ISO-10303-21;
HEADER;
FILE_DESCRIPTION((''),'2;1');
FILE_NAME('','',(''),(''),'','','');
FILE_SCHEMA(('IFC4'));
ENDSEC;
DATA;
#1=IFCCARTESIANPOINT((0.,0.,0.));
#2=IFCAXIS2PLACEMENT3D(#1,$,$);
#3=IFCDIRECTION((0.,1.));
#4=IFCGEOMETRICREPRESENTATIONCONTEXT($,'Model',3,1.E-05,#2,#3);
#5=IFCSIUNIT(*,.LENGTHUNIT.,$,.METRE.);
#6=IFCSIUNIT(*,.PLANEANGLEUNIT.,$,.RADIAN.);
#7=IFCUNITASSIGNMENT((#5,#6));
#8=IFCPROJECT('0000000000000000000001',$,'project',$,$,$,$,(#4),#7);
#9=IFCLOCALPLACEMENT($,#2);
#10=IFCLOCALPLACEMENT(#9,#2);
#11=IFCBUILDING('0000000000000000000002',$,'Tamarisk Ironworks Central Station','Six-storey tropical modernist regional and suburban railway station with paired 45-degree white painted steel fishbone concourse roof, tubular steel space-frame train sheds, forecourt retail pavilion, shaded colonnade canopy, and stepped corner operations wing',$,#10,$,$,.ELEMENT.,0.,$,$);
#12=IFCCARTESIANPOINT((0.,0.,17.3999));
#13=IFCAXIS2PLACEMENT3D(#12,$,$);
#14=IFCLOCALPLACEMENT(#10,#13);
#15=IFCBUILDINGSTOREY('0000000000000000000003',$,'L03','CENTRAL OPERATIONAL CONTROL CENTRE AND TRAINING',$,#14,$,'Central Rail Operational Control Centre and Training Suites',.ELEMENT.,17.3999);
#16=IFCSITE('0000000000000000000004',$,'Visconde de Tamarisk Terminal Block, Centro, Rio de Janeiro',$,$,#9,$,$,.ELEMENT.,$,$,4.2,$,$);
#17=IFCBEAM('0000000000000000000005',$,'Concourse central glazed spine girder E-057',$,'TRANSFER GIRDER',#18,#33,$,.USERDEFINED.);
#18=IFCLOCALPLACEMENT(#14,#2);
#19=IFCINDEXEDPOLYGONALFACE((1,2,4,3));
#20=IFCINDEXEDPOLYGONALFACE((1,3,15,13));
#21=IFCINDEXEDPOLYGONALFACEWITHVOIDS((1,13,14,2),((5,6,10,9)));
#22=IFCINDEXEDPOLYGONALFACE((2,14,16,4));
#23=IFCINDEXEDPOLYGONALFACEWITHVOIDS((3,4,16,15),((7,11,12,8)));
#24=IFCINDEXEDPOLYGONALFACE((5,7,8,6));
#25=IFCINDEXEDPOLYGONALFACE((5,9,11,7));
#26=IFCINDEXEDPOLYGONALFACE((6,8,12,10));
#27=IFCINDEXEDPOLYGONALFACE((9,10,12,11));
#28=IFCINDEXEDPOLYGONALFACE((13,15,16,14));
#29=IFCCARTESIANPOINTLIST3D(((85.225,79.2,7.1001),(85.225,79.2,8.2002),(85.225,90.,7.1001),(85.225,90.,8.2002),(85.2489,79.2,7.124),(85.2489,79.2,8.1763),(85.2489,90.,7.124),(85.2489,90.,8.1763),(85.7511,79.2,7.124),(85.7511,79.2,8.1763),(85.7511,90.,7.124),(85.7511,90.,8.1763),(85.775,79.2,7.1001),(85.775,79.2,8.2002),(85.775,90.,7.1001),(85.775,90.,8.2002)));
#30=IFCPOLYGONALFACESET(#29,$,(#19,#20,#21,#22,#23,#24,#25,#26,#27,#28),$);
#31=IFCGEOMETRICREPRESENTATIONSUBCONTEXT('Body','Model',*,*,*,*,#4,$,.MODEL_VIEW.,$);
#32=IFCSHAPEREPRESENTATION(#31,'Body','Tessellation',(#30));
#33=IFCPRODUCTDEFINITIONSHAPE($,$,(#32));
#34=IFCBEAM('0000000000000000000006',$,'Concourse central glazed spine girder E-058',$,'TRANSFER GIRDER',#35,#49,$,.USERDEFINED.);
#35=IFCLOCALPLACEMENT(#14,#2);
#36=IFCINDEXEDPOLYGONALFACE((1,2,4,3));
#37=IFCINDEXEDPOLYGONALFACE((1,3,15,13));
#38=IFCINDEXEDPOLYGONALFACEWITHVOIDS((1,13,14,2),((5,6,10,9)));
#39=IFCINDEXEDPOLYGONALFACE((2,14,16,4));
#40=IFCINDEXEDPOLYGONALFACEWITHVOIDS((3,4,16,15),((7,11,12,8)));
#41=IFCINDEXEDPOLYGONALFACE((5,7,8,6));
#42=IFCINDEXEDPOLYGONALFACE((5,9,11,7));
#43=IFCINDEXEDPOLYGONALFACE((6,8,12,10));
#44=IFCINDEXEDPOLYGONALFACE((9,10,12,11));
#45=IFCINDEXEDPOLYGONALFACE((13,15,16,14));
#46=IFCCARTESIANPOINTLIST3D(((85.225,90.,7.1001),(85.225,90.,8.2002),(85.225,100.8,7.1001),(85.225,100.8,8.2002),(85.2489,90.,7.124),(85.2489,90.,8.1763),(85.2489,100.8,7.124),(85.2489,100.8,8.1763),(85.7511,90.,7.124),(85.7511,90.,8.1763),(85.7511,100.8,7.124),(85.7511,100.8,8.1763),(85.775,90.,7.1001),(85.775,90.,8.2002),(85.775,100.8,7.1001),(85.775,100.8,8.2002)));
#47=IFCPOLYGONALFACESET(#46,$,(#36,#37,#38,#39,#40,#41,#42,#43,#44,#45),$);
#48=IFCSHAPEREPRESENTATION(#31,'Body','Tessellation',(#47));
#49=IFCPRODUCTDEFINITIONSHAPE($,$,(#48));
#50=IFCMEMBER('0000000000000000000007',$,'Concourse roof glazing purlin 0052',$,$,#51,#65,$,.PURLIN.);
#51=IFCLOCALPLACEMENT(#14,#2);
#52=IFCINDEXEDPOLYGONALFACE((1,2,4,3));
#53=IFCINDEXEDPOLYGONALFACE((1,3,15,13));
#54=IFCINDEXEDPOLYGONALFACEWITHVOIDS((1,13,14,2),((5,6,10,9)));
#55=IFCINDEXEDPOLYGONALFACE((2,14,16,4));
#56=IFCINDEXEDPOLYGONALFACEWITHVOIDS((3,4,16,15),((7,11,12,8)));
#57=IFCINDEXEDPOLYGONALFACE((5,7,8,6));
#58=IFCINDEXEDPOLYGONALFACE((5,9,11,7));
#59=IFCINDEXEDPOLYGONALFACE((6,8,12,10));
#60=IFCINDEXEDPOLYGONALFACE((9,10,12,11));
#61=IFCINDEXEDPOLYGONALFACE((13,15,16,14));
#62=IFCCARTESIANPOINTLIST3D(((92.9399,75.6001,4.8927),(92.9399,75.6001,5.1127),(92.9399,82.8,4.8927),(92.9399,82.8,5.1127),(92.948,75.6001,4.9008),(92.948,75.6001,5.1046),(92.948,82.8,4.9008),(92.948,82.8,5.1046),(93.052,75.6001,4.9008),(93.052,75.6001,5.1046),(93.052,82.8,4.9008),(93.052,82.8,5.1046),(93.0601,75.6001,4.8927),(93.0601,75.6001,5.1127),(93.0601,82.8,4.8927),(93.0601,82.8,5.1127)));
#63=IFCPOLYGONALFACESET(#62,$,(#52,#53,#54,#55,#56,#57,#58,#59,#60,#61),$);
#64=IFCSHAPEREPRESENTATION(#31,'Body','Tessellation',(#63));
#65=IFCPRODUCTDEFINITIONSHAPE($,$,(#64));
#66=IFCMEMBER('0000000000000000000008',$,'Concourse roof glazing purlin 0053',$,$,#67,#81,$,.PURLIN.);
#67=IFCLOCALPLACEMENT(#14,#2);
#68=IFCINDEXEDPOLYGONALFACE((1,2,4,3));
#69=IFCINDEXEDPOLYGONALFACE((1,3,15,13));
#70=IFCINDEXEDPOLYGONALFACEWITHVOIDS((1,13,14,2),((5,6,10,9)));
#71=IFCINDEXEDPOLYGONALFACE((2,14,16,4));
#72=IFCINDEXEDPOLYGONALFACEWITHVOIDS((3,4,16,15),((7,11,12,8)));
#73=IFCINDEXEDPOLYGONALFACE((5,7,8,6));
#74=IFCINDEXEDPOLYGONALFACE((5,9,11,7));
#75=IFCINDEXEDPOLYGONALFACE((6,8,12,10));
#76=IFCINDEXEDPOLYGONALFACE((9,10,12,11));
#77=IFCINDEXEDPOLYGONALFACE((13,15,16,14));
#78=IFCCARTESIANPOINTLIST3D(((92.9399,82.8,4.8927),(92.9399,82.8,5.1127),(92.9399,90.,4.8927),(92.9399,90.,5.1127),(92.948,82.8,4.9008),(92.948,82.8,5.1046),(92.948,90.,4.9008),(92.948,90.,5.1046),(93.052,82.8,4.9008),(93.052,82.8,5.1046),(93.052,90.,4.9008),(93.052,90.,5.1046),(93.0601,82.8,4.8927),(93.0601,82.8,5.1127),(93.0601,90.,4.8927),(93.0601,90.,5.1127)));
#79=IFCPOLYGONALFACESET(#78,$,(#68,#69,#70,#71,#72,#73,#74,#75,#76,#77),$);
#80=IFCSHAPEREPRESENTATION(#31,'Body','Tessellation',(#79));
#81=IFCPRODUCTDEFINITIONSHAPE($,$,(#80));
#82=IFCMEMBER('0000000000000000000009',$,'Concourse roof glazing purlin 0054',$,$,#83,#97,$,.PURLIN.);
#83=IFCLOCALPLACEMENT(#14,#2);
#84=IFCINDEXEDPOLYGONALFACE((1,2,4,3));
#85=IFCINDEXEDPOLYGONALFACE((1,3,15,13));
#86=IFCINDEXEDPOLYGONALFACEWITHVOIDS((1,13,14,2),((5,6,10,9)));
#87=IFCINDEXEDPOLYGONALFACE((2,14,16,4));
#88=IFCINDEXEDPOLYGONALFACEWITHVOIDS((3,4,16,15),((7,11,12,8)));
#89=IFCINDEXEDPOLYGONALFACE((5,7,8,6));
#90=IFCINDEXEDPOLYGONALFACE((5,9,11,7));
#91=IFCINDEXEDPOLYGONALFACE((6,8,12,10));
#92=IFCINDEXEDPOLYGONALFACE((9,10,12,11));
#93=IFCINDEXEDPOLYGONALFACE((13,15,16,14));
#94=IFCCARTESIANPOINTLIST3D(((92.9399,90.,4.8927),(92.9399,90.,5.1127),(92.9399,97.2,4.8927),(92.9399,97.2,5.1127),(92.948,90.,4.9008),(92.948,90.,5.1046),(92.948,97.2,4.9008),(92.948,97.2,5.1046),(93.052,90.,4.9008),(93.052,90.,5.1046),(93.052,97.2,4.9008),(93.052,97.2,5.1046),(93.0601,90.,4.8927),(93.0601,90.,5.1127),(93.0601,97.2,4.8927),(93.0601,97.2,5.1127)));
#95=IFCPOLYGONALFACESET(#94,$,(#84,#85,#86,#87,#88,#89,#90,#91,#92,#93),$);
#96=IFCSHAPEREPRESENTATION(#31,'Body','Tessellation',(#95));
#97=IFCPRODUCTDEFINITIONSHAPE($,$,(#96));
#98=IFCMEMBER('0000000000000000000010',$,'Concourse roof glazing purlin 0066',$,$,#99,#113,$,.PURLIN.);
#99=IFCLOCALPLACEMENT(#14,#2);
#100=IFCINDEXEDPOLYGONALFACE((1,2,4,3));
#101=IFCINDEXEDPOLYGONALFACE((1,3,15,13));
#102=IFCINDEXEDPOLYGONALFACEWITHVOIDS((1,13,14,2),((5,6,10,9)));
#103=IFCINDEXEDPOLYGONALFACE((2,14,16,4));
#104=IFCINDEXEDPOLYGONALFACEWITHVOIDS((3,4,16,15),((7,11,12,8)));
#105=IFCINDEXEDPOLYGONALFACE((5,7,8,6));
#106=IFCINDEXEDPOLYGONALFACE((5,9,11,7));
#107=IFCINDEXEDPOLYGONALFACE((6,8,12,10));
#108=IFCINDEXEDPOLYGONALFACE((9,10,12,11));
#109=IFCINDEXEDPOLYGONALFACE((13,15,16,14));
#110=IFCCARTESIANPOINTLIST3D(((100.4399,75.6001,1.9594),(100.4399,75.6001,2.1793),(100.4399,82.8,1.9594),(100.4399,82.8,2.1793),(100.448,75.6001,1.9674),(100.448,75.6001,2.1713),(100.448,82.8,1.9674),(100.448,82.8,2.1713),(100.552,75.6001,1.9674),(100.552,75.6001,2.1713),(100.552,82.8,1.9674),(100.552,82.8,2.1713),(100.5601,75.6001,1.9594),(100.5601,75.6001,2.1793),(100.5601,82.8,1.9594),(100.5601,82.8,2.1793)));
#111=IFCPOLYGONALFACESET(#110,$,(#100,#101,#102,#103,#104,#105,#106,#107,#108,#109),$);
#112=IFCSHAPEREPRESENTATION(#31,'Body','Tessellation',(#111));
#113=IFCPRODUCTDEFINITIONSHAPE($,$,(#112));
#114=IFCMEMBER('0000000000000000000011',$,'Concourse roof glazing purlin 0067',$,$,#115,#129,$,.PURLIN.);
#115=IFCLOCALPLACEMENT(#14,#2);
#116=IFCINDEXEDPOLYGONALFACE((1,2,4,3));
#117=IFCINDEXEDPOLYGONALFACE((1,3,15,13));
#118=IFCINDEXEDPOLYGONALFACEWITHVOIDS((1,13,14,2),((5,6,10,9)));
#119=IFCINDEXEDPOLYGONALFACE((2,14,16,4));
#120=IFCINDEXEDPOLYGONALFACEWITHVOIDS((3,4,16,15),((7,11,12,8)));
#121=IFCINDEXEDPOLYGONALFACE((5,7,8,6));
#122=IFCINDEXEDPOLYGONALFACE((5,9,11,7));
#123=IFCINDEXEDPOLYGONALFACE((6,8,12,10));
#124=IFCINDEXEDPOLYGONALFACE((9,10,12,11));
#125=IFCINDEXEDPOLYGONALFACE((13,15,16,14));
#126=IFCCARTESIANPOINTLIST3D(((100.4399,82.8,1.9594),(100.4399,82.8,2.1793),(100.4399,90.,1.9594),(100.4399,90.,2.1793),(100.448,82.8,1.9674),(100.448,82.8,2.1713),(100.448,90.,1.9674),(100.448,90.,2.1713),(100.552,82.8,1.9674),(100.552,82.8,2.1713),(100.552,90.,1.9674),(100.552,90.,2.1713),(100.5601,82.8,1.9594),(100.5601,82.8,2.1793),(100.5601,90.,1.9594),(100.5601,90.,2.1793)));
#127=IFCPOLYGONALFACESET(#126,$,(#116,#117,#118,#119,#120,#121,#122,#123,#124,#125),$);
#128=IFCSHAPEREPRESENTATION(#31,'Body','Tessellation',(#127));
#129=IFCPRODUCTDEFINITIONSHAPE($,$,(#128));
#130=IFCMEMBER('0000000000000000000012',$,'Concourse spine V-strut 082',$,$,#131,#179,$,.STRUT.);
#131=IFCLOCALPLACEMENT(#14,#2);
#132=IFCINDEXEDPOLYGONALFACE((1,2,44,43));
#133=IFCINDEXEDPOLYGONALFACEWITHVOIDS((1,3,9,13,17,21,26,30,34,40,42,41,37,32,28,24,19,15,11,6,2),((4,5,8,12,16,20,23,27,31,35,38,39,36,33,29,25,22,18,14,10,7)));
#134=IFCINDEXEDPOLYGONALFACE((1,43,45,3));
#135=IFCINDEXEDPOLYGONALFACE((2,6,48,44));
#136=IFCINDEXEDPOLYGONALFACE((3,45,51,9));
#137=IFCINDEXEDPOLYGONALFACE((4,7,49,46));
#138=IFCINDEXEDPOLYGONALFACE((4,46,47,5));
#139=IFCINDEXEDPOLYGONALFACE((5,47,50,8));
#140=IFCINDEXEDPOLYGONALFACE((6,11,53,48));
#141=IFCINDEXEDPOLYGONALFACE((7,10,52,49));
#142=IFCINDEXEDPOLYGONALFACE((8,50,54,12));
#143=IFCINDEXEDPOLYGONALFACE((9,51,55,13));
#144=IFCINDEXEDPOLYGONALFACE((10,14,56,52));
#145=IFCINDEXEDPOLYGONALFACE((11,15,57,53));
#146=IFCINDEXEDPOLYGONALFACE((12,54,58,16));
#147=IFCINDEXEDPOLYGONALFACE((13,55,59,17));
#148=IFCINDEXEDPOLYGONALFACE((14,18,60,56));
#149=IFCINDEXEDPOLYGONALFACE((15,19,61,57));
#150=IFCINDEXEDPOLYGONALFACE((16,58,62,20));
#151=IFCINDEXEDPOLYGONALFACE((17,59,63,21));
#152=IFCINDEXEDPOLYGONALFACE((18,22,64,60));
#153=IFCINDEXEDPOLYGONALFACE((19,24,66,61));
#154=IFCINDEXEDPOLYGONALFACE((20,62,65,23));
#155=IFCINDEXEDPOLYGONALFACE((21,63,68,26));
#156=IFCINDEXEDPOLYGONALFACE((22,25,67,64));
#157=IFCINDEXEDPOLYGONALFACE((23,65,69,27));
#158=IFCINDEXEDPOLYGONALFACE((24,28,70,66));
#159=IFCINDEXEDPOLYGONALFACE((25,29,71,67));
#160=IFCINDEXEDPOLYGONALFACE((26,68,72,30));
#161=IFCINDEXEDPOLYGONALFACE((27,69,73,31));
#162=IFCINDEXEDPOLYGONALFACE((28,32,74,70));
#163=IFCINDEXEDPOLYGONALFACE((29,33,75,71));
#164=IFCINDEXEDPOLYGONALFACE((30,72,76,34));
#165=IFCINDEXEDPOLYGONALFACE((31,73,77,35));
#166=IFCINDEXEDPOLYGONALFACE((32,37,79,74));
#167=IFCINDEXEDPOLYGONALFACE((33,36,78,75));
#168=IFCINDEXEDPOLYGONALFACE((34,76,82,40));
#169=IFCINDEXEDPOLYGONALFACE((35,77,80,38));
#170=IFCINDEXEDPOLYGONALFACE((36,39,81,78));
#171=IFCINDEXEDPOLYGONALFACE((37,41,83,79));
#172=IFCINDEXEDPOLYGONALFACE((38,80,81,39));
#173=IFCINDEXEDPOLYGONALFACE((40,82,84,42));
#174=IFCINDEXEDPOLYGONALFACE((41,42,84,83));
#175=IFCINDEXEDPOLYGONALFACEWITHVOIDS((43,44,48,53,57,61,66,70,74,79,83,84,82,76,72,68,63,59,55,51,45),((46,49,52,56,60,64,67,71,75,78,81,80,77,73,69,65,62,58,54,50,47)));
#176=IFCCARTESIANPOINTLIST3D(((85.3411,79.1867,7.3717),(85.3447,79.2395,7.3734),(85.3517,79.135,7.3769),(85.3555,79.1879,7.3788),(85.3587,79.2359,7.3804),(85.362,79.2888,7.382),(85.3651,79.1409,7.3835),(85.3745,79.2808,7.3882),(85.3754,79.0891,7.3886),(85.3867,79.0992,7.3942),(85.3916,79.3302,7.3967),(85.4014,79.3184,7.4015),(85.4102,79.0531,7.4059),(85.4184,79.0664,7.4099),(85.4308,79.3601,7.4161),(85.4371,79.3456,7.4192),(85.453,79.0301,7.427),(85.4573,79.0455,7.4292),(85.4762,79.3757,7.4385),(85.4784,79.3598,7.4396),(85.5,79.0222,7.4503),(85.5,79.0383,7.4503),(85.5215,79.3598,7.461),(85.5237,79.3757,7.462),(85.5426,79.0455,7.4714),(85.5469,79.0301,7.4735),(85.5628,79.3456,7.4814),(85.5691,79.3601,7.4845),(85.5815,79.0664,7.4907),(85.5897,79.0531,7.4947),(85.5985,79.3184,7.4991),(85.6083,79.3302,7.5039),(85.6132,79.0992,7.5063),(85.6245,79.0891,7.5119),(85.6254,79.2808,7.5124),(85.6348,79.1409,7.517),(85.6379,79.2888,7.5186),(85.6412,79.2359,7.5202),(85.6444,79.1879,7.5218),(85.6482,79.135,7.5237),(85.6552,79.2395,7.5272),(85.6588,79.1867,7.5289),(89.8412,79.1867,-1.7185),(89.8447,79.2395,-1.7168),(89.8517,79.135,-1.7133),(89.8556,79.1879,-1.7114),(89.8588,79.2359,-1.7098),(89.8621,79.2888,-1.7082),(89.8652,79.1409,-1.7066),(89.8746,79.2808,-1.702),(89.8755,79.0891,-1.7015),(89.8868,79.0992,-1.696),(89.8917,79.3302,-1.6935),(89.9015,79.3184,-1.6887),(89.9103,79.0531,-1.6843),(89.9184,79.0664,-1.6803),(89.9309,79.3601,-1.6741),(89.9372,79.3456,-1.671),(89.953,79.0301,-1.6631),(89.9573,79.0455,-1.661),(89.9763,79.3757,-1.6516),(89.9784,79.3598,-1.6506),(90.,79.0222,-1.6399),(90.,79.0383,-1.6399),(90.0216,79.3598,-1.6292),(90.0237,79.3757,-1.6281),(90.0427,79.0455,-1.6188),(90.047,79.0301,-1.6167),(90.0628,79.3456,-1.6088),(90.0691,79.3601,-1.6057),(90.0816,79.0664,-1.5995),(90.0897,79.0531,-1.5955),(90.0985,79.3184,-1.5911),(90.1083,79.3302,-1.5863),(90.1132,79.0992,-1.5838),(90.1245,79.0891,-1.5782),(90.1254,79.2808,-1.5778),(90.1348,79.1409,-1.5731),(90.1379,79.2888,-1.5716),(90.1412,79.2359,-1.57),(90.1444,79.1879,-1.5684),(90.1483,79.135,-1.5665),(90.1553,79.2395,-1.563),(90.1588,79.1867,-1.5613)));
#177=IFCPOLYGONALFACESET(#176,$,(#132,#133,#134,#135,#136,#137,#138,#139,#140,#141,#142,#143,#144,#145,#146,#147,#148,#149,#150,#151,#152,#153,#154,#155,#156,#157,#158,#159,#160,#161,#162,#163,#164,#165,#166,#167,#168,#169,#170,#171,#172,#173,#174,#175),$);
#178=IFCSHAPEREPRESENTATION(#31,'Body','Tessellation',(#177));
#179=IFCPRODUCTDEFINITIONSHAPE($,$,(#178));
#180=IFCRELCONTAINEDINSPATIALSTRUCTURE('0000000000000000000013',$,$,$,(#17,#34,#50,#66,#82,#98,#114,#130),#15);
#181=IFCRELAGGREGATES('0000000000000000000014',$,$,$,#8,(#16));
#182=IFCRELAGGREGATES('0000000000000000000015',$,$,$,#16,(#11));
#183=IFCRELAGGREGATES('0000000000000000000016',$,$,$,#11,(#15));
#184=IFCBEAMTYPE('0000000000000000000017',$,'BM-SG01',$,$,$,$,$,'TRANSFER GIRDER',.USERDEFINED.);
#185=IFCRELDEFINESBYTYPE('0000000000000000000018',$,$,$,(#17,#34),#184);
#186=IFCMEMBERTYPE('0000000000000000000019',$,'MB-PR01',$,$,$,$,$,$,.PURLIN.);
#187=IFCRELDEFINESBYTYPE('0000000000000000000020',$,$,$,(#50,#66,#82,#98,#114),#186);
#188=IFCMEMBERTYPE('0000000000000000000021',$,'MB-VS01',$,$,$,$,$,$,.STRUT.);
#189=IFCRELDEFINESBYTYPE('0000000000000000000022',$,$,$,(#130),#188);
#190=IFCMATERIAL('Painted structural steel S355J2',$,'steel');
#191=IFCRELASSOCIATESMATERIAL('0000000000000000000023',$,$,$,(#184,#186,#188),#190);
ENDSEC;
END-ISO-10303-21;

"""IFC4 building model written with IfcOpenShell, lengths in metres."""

from ifc_helpers import new_model, si_unit, direction, frame, origin, origin_2d, place, context, subcontext, project, spatial, hollow_rectangle, hollow_circle, extrude, material, material_profile, profile_set, type_object, element, save


model = new_model("IFC4")

# Units and contexts
model_context = context("Model", 3, precision=1e-05, world=origin(), true_north=direction((0.0, 1.0)))
body_context = subcontext(model_context, "Body", "Model", "MODEL_VIEW")
ifc_project = project(units=[si_unit("LENGTHUNIT", "METRE"), si_unit("PLANEANGLEUNIT", "RADIAN")], contexts=[model_context])

# Site, building, storey
site_placement = place(None, origin())
site = spatial("IfcSite", under=ifc_project, at=site_placement, Name="Visconde de Tamarisk Terminal Block, Centro, Rio de Janeiro", CompositionType="ELEMENT", RefElevation=4.2)
building_placement = place(site_placement, origin())
building = spatial("IfcBuilding", under=site, at=building_placement, Name="Tamarisk Ironworks Central Station", Description="Six-storey tropical modernist regional and suburban railway station with paired 45-degree white painted steel fishbone concourse roof, tubular steel space-frame train sheds, forecourt retail pavilion, shaded colonnade canopy, and stepped corner operations wing", CompositionType="ELEMENT", ElevationOfRefHeight=0.0)
storey_placement = place(building_placement, frame((0.0, 0.0, 17.3999)))
storey = spatial("IfcBuildingStorey", under=building, at=storey_placement, Name="L03", Description="CENTRAL OPERATIONAL CONTROL CENTRE AND TRAINING", LongName="Central Rail Operational Control Centre and Training Suites", CompositionType="ELEMENT", Elevation=17.3999)

# Beams
ifc_material_1 = material(Name="Painted structural steel S355J2", Category="steel")
ifc_material_profile_1 = material_profile(ifc_material_1, hollow_rectangle(XDim=0.55, YDim=1.1001, WallThickness=0.0239, at=origin_2d()), Name="BOX 550x1100x24")
ifc_profile_set_1 = profile_set([ifc_material_profile_1], Name="Painted structural steel S355J2")
beam_type_1 = type_object("IfcBeamType", Name="BM-SG01", ElementType="TRANSFER GIRDER", PredefinedType="USERDEFINED", material=ifc_profile_set_1)
for number, where, z_axis, x_axis, name in (
    (1, (85.5, 79.2, 7.6501), (0.0, 1.0, 0.0), (-1.0, 0.0, 0.0), "Concourse central glazed spine girder E-057"),
    (2, (85.5, 90.0, 7.6501), (0.0, 1.0, 0.0), (-1.0, 0.0, 0.0), "Concourse central glazed spine girder E-058"),
):
    element("IfcBeam", number, at=place(storey_placement, frame(where, z_axis=z_axis, x_axis=x_axis)), inside=storey, type_object=beam_type_1, Name=name, ObjectType="TRANSFER GIRDER", PredefinedType="USERDEFINED", context=body_context, shape_type="SweptSolid", body=[
        extrude(hollow_rectangle(XDim=0.55, YDim=1.1001, WallThickness=0.0239, at=origin_2d()), origin(), (0.0, 0.0, 1.0), 10.8),
    ])

# Members
ifc_material_profile_2 = material_profile(ifc_material_1, hollow_rectangle(XDim=0.1201, YDim=0.22, WallThickness=0.0081, at=origin_2d()), Name="RHS 220x120x8")
ifc_profile_set_2 = profile_set([ifc_material_profile_2], Name="Painted structural steel S355J2")
member_type_1 = type_object("IfcMemberType", Name="MB-PR01", PredefinedType="PURLIN", material=ifc_profile_set_2)
for number, where, z_axis, x_axis, name in (
    (3, (93.0, 75.6001, 5.0027), (0.0, 1.0, 0.0), (-1.0, 0.0, 0.0), "Concourse roof glazing purlin 0052"),
    (4, (93.0, 82.8, 5.0027), (0.0, 1.0, 0.0), (-1.0, 0.0, 0.0), "Concourse roof glazing purlin 0053"),
    (5, (93.0, 90.0, 5.0027), (0.0, 1.0, 0.0), (-1.0, 0.0, 0.0), "Concourse roof glazing purlin 0054"),
    (6, (100.5, 75.6001, 2.0693), (0.0, 1.0, 0.0), (-1.0, 0.0, 0.0), "Concourse roof glazing purlin 0066"),
    (7, (100.5, 82.8, 2.0693), (0.0, 1.0, 0.0), (-1.0, 0.0, 0.0), "Concourse roof glazing purlin 0067"),
):
    element("IfcMember", number, at=place(storey_placement, frame(where, z_axis=z_axis, x_axis=x_axis)), inside=storey, type_object=member_type_1, Name=name, PredefinedType="PURLIN", context=body_context, shape_type="SweptSolid", body=[
        extrude(hollow_rectangle(XDim=0.1201, YDim=0.22, WallThickness=0.0081, at=origin_2d()), origin(), (0.0, 0.0, 1.0), 7.2),
    ])
ifc_material_profile_3 = material_profile(ifc_material_1, hollow_circle(Radius=0.1777, WallThickness=0.0161, at=origin_2d()), Name="CHS 355.6x16")
ifc_profile_set_3 = profile_set([ifc_material_profile_3], Name="Painted structural steel S355J2")
member_type_2 = type_object("IfcMemberType", Name="MB-VS01", PredefinedType="STRUT", material=ifc_profile_set_3)
for number, where, z_axis, x_axis, name in (
    (8, (90.0, 79.2, -1.6399), (-0.443657, 0.0, 0.896196), (0.0, -1.0, 0.0), "Concourse spine V-strut 082"),
):
    element("IfcMember", number, at=place(storey_placement, frame(where, z_axis=z_axis, x_axis=x_axis)), inside=storey, type_object=member_type_2, Name=name, PredefinedType="STRUT", context=body_context, shape_type="SweptSolid", body=[
        extrude(hollow_circle(Radius=0.1777, WallThickness=0.0161, at=origin_2d()), origin(), (0.0, 0.0, 1.0), 10.1431),
    ])

save(model, "model.ifc")
